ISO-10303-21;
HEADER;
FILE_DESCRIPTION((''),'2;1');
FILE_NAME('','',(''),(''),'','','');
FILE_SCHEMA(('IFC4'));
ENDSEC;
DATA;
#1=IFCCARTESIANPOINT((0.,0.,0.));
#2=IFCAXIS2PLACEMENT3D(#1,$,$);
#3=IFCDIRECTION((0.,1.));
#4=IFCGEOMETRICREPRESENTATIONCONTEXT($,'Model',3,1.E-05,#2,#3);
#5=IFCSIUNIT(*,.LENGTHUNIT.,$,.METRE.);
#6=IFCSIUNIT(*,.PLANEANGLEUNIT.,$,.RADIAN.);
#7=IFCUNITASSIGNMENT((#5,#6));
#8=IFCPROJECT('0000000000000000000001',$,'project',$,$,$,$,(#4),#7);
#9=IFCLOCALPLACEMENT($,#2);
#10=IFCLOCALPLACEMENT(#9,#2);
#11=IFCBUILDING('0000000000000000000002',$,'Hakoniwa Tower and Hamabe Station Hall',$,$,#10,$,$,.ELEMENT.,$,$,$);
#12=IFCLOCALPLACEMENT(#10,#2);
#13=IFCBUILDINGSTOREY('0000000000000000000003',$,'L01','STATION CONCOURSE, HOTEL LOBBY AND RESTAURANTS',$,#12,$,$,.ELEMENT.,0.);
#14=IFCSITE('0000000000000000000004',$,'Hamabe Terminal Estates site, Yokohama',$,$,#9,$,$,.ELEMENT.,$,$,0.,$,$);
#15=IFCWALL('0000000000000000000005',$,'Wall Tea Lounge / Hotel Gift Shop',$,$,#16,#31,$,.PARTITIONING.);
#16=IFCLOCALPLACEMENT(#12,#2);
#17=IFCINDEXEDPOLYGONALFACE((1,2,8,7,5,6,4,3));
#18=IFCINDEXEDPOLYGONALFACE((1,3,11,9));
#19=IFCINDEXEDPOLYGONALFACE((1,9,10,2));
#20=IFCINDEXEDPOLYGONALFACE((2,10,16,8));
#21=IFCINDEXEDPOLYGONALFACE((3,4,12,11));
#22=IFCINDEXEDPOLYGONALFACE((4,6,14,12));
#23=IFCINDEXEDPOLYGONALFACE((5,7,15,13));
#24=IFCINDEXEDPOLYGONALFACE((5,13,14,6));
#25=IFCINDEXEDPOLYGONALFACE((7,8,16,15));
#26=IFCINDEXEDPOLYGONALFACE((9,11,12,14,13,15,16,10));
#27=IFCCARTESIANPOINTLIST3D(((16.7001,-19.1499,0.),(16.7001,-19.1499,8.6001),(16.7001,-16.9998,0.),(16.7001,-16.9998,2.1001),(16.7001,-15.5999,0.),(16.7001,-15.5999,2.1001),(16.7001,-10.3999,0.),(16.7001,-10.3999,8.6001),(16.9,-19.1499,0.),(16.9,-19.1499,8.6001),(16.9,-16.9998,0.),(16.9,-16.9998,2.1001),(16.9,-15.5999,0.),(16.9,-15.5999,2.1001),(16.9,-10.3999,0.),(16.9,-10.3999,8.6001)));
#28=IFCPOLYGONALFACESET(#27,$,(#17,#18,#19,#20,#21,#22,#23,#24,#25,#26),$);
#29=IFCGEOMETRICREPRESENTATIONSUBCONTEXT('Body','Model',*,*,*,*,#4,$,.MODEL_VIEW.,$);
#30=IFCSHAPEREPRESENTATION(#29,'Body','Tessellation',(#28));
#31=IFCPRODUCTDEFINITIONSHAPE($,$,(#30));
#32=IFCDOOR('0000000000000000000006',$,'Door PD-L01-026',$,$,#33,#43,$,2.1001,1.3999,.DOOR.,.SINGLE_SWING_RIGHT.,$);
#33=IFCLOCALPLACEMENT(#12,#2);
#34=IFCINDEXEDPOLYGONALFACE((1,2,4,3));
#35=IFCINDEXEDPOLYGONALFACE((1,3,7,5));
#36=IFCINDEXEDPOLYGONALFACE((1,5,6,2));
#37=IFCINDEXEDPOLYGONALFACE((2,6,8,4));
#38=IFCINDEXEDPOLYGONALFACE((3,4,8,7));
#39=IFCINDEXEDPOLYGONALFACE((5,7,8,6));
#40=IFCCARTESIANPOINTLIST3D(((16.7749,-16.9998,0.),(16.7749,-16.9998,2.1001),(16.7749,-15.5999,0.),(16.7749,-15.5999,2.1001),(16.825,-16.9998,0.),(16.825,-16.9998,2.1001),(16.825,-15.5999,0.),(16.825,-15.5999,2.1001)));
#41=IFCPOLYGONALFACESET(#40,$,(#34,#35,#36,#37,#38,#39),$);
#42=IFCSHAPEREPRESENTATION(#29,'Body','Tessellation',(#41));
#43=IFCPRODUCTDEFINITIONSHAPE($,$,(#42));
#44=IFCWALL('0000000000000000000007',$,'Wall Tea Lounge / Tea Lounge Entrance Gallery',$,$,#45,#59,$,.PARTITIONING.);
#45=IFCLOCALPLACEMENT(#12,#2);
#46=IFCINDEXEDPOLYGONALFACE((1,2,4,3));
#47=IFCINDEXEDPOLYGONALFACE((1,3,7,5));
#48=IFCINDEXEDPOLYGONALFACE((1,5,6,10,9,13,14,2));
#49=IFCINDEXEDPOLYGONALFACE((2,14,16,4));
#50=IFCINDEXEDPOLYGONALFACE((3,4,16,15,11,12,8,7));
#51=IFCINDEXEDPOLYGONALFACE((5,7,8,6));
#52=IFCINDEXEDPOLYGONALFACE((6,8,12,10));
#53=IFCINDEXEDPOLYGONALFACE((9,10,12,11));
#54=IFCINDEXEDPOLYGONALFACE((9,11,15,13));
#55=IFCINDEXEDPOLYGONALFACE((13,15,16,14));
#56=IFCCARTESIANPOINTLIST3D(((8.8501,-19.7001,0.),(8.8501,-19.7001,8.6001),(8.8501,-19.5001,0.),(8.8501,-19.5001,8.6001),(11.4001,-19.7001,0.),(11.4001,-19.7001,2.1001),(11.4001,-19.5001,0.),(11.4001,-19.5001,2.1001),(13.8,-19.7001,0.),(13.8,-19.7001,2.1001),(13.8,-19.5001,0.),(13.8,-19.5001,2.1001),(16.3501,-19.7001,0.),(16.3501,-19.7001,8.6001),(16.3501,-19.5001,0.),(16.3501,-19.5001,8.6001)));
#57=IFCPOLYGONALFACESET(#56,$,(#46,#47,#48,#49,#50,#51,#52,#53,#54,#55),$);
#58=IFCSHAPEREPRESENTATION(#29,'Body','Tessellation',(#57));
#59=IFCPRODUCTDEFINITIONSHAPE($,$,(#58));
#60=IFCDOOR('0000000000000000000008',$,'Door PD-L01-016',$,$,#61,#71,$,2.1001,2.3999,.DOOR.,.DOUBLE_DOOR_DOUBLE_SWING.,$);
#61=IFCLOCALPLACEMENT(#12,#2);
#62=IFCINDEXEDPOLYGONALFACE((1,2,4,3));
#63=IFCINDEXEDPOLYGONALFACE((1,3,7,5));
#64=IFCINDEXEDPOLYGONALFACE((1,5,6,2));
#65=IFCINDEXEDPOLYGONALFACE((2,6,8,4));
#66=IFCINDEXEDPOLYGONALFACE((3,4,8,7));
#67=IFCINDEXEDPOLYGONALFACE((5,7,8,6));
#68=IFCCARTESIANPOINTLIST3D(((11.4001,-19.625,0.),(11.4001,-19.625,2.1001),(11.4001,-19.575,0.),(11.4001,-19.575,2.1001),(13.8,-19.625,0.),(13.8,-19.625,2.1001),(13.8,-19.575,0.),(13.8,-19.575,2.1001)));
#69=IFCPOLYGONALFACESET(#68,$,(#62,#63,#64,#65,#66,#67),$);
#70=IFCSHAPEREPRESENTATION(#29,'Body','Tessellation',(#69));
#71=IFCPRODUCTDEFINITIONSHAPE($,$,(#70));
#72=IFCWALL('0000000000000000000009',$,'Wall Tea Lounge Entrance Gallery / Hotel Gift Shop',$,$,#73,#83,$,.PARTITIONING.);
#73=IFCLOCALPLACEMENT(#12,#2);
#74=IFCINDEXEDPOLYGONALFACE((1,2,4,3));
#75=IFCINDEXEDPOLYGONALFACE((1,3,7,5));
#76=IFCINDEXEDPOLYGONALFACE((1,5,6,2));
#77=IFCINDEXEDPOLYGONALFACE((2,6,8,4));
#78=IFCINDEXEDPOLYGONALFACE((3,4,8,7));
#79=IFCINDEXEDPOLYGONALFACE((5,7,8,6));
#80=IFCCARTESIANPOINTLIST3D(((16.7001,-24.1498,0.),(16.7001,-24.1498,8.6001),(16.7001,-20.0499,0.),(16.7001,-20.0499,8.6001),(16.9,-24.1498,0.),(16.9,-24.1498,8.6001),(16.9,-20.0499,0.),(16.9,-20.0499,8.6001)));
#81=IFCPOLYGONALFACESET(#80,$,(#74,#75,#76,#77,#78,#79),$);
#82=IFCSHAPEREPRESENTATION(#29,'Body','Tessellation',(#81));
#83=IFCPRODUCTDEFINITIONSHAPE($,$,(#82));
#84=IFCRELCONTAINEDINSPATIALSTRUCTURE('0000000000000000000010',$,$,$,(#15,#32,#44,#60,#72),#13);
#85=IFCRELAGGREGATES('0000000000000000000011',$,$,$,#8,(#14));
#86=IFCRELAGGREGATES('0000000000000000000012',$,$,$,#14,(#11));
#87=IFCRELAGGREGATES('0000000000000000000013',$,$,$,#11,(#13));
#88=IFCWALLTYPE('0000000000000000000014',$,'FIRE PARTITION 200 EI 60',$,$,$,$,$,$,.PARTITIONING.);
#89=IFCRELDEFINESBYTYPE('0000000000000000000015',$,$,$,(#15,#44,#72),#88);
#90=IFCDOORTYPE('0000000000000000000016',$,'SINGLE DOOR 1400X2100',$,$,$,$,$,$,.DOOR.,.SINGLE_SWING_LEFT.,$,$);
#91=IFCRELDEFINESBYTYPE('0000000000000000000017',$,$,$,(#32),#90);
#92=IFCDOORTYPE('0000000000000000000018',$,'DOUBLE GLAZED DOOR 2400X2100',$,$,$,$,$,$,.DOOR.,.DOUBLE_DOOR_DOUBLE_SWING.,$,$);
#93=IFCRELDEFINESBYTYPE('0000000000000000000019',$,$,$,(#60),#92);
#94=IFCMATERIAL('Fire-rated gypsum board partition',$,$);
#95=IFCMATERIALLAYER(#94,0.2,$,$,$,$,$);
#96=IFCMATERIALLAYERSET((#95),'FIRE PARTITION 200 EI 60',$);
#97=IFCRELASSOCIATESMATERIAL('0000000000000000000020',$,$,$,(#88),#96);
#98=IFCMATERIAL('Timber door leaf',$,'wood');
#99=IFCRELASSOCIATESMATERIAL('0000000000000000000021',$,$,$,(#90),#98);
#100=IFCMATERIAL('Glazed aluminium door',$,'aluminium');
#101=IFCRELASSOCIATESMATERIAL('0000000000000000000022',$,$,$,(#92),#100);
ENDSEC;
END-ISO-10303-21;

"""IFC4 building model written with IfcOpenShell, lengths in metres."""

from ifc_helpers import new_model, si_unit, direction, frame, frame_2d, origin, place, context, subcontext, project, spatial, rectangle, extrude, material, layer, layer_set, type_object, element, fill, save


model = new_model("IFC4")

# Units and contexts
model_context = context("Model", 3, precision=1e-05, world=origin(), true_north=direction((0.0, 1.0)))
body_context = subcontext(model_context, "Body", "Model", "MODEL_VIEW")
ifc_project = project(units=[si_unit("LENGTHUNIT", "METRE"), si_unit("PLANEANGLEUNIT", "RADIAN")], contexts=[model_context])

# Site, building, storey
site_placement = place(None, origin())
site = spatial("IfcSite", under=ifc_project, at=site_placement, Name="Hamabe Terminal Estates site, Yokohama", CompositionType="ELEMENT", RefElevation=0.0)
building_placement = place(site_placement, origin())
building = spatial("IfcBuilding", under=site, at=building_placement, Name="Hakoniwa Tower and Hamabe Station Hall", CompositionType="ELEMENT")
storey_placement = place(building_placement, origin())
storey = spatial("IfcBuildingStorey", under=building, at=storey_placement, Name="L01", Description="STATION CONCOURSE, HOTEL LOBBY AND RESTAURANTS", CompositionType="ELEMENT", Elevation=0.0)

# Shared definitions
ifc_material_1 = material(Name="Fire-rated gypsum board partition")
ifc_layer = layer(ifc_material_1, 0.2)
ifc_layer_set = layer_set([ifc_layer], Name="FIRE PARTITION 200 EI 60")
wall_type = type_object("IfcWallType", Name="FIRE PARTITION 200 EI 60", PredefinedType="PARTITIONING", material=ifc_layer_set)

# Walls, openings, doors
wall_1_placement = place(storey_placement, frame((16.8, -10.3999, 0.0), z_axis=(0.0, 0.0, 1.0), x_axis=(0.0, -1.0, 0.0)))
wall_1 = element("IfcWall", 1, at=wall_1_placement, inside=storey, type_object=wall_type, Name="Wall Tea Lounge / Hotel Gift Shop", PredefinedType="PARTITIONING", context=body_context, shape_type="SweptSolid", body=[
    extrude(rectangle(XDim=8.75, YDim=0.2, at=frame_2d((4.375, 0.0))), origin(), (0.0, 0.0, 1.0), 8.6001),
])
opening_1_placement = place(wall_1_placement, frame((5.2, 0.0, 0.0)))
opening_1 = element("IfcOpeningElement", 2, at=opening_1_placement, cuts=wall_1, PredefinedType="OPENING", context=body_context, shape_type="SweptSolid", body=[
    extrude(rectangle(XDim=1.3999, YDim=2.1001, at=frame_2d((0.7, 1.05))), frame((0.0, 0.1099, 0.0), z_axis=(0.0, -1.0, 0.0), x_axis=(1.0, 0.0, 0.0)), (0.0, 0.0, 1.0), 0.22),
])
ifc_material_2 = material(Name="Timber door leaf", Category="wood")
door_type_1 = type_object("IfcDoorType", Name="SINGLE DOOR 1400X2100", OperationType="SINGLE_SWING_LEFT", PredefinedType="DOOR", material=ifc_material_2)
door_1_placement = place(opening_1_placement, origin())
door_1 = element("IfcDoor", 3, at=door_1_placement, inside=storey, type_object=door_type_1, Name="Door PD-L01-026", OperationType="SINGLE_SWING_RIGHT", OverallHeight=2.1001, OverallWidth=1.3999, PredefinedType="DOOR", context=body_context, shape_type="SweptSolid", body=[
    extrude(rectangle(XDim=1.3999, YDim=2.1001, at=frame_2d((0.7, 1.05))), frame((0.0, 0.0249, 0.0), z_axis=(0.0, -1.0, 0.0), x_axis=(1.0, 0.0, 0.0)), (0.0, 0.0, 1.0), 0.05),
])
fill(opening_1, door_1)
wall_2_placement = place(storey_placement, frame((16.3501, -19.6001, 0.0), z_axis=(0.0, 0.0, 1.0), x_axis=(-1.0, 0.0, 0.0)))
wall_2 = element("IfcWall", 4, at=wall_2_placement, inside=storey, type_object=wall_type, Name="Wall Tea Lounge / Tea Lounge Entrance Gallery", PredefinedType="PARTITIONING", context=body_context, shape_type="SweptSolid", body=[
    extrude(rectangle(XDim=7.5, YDim=0.2, at=frame_2d((3.75, 0.0))), origin(), (0.0, 0.0, 1.0), 8.6001),
])
opening_2_placement = place(wall_2_placement, frame((2.55, 0.0, 0.0)))
opening_2 = element("IfcOpeningElement", 5, at=opening_2_placement, cuts=wall_2, PredefinedType="OPENING", context=body_context, shape_type="SweptSolid", body=[
    extrude(rectangle(XDim=2.3999, YDim=2.1001, at=frame_2d((1.2, 1.05))), frame((0.0, 0.1099, 0.0), z_axis=(0.0, -1.0, 0.0), x_axis=(1.0, 0.0, 0.0)), (0.0, 0.0, 1.0), 0.22),
])
ifc_material_3 = material(Name="Glazed aluminium door", Category="aluminium")
door_type_2 = type_object("IfcDoorType", Name="DOUBLE GLAZED DOOR 2400X2100", OperationType="DOUBLE_DOOR_DOUBLE_SWING", PredefinedType="DOOR", material=ifc_material_3)
door_2_placement = place(opening_2_placement, origin())
door_2 = element("IfcDoor", 6, at=door_2_placement, inside=storey, type_object=door_type_2, Name="Door PD-L01-016", OperationType="DOUBLE_DOOR_DOUBLE_SWING", OverallHeight=2.1001, OverallWidth=2.3999, PredefinedType="DOOR", context=body_context, shape_type="SweptSolid", body=[
    extrude(rectangle(XDim=2.3999, YDim=2.1001, at=frame_2d((1.2, 1.05))), frame((0.0, 0.0249, 0.0), z_axis=(0.0, -1.0, 0.0), x_axis=(1.0, 0.0, 0.0)), (0.0, 0.0, 1.0), 0.05),
])
fill(opening_2, door_2)

# Wall
wall_3_placement = place(storey_placement, frame((16.8, -20.05, 0.0), z_axis=(0.0, 0.0, 1.0), x_axis=(0.0, -1.0, 0.0)))
element("IfcWall", 7, at=wall_3_placement, inside=storey, type_object=wall_type, Name="Wall Tea Lounge Entrance Gallery / Hotel Gift Shop", PredefinedType="PARTITIONING", context=body_context, shape_type="SweptSolid", body=[
    extrude(rectangle(XDim=4.0999, YDim=0.2, at=frame_2d((2.0498, 0.0))), origin(), (0.0, 0.0, 1.0), 8.6001),
])

save(model, "model.ifc")
